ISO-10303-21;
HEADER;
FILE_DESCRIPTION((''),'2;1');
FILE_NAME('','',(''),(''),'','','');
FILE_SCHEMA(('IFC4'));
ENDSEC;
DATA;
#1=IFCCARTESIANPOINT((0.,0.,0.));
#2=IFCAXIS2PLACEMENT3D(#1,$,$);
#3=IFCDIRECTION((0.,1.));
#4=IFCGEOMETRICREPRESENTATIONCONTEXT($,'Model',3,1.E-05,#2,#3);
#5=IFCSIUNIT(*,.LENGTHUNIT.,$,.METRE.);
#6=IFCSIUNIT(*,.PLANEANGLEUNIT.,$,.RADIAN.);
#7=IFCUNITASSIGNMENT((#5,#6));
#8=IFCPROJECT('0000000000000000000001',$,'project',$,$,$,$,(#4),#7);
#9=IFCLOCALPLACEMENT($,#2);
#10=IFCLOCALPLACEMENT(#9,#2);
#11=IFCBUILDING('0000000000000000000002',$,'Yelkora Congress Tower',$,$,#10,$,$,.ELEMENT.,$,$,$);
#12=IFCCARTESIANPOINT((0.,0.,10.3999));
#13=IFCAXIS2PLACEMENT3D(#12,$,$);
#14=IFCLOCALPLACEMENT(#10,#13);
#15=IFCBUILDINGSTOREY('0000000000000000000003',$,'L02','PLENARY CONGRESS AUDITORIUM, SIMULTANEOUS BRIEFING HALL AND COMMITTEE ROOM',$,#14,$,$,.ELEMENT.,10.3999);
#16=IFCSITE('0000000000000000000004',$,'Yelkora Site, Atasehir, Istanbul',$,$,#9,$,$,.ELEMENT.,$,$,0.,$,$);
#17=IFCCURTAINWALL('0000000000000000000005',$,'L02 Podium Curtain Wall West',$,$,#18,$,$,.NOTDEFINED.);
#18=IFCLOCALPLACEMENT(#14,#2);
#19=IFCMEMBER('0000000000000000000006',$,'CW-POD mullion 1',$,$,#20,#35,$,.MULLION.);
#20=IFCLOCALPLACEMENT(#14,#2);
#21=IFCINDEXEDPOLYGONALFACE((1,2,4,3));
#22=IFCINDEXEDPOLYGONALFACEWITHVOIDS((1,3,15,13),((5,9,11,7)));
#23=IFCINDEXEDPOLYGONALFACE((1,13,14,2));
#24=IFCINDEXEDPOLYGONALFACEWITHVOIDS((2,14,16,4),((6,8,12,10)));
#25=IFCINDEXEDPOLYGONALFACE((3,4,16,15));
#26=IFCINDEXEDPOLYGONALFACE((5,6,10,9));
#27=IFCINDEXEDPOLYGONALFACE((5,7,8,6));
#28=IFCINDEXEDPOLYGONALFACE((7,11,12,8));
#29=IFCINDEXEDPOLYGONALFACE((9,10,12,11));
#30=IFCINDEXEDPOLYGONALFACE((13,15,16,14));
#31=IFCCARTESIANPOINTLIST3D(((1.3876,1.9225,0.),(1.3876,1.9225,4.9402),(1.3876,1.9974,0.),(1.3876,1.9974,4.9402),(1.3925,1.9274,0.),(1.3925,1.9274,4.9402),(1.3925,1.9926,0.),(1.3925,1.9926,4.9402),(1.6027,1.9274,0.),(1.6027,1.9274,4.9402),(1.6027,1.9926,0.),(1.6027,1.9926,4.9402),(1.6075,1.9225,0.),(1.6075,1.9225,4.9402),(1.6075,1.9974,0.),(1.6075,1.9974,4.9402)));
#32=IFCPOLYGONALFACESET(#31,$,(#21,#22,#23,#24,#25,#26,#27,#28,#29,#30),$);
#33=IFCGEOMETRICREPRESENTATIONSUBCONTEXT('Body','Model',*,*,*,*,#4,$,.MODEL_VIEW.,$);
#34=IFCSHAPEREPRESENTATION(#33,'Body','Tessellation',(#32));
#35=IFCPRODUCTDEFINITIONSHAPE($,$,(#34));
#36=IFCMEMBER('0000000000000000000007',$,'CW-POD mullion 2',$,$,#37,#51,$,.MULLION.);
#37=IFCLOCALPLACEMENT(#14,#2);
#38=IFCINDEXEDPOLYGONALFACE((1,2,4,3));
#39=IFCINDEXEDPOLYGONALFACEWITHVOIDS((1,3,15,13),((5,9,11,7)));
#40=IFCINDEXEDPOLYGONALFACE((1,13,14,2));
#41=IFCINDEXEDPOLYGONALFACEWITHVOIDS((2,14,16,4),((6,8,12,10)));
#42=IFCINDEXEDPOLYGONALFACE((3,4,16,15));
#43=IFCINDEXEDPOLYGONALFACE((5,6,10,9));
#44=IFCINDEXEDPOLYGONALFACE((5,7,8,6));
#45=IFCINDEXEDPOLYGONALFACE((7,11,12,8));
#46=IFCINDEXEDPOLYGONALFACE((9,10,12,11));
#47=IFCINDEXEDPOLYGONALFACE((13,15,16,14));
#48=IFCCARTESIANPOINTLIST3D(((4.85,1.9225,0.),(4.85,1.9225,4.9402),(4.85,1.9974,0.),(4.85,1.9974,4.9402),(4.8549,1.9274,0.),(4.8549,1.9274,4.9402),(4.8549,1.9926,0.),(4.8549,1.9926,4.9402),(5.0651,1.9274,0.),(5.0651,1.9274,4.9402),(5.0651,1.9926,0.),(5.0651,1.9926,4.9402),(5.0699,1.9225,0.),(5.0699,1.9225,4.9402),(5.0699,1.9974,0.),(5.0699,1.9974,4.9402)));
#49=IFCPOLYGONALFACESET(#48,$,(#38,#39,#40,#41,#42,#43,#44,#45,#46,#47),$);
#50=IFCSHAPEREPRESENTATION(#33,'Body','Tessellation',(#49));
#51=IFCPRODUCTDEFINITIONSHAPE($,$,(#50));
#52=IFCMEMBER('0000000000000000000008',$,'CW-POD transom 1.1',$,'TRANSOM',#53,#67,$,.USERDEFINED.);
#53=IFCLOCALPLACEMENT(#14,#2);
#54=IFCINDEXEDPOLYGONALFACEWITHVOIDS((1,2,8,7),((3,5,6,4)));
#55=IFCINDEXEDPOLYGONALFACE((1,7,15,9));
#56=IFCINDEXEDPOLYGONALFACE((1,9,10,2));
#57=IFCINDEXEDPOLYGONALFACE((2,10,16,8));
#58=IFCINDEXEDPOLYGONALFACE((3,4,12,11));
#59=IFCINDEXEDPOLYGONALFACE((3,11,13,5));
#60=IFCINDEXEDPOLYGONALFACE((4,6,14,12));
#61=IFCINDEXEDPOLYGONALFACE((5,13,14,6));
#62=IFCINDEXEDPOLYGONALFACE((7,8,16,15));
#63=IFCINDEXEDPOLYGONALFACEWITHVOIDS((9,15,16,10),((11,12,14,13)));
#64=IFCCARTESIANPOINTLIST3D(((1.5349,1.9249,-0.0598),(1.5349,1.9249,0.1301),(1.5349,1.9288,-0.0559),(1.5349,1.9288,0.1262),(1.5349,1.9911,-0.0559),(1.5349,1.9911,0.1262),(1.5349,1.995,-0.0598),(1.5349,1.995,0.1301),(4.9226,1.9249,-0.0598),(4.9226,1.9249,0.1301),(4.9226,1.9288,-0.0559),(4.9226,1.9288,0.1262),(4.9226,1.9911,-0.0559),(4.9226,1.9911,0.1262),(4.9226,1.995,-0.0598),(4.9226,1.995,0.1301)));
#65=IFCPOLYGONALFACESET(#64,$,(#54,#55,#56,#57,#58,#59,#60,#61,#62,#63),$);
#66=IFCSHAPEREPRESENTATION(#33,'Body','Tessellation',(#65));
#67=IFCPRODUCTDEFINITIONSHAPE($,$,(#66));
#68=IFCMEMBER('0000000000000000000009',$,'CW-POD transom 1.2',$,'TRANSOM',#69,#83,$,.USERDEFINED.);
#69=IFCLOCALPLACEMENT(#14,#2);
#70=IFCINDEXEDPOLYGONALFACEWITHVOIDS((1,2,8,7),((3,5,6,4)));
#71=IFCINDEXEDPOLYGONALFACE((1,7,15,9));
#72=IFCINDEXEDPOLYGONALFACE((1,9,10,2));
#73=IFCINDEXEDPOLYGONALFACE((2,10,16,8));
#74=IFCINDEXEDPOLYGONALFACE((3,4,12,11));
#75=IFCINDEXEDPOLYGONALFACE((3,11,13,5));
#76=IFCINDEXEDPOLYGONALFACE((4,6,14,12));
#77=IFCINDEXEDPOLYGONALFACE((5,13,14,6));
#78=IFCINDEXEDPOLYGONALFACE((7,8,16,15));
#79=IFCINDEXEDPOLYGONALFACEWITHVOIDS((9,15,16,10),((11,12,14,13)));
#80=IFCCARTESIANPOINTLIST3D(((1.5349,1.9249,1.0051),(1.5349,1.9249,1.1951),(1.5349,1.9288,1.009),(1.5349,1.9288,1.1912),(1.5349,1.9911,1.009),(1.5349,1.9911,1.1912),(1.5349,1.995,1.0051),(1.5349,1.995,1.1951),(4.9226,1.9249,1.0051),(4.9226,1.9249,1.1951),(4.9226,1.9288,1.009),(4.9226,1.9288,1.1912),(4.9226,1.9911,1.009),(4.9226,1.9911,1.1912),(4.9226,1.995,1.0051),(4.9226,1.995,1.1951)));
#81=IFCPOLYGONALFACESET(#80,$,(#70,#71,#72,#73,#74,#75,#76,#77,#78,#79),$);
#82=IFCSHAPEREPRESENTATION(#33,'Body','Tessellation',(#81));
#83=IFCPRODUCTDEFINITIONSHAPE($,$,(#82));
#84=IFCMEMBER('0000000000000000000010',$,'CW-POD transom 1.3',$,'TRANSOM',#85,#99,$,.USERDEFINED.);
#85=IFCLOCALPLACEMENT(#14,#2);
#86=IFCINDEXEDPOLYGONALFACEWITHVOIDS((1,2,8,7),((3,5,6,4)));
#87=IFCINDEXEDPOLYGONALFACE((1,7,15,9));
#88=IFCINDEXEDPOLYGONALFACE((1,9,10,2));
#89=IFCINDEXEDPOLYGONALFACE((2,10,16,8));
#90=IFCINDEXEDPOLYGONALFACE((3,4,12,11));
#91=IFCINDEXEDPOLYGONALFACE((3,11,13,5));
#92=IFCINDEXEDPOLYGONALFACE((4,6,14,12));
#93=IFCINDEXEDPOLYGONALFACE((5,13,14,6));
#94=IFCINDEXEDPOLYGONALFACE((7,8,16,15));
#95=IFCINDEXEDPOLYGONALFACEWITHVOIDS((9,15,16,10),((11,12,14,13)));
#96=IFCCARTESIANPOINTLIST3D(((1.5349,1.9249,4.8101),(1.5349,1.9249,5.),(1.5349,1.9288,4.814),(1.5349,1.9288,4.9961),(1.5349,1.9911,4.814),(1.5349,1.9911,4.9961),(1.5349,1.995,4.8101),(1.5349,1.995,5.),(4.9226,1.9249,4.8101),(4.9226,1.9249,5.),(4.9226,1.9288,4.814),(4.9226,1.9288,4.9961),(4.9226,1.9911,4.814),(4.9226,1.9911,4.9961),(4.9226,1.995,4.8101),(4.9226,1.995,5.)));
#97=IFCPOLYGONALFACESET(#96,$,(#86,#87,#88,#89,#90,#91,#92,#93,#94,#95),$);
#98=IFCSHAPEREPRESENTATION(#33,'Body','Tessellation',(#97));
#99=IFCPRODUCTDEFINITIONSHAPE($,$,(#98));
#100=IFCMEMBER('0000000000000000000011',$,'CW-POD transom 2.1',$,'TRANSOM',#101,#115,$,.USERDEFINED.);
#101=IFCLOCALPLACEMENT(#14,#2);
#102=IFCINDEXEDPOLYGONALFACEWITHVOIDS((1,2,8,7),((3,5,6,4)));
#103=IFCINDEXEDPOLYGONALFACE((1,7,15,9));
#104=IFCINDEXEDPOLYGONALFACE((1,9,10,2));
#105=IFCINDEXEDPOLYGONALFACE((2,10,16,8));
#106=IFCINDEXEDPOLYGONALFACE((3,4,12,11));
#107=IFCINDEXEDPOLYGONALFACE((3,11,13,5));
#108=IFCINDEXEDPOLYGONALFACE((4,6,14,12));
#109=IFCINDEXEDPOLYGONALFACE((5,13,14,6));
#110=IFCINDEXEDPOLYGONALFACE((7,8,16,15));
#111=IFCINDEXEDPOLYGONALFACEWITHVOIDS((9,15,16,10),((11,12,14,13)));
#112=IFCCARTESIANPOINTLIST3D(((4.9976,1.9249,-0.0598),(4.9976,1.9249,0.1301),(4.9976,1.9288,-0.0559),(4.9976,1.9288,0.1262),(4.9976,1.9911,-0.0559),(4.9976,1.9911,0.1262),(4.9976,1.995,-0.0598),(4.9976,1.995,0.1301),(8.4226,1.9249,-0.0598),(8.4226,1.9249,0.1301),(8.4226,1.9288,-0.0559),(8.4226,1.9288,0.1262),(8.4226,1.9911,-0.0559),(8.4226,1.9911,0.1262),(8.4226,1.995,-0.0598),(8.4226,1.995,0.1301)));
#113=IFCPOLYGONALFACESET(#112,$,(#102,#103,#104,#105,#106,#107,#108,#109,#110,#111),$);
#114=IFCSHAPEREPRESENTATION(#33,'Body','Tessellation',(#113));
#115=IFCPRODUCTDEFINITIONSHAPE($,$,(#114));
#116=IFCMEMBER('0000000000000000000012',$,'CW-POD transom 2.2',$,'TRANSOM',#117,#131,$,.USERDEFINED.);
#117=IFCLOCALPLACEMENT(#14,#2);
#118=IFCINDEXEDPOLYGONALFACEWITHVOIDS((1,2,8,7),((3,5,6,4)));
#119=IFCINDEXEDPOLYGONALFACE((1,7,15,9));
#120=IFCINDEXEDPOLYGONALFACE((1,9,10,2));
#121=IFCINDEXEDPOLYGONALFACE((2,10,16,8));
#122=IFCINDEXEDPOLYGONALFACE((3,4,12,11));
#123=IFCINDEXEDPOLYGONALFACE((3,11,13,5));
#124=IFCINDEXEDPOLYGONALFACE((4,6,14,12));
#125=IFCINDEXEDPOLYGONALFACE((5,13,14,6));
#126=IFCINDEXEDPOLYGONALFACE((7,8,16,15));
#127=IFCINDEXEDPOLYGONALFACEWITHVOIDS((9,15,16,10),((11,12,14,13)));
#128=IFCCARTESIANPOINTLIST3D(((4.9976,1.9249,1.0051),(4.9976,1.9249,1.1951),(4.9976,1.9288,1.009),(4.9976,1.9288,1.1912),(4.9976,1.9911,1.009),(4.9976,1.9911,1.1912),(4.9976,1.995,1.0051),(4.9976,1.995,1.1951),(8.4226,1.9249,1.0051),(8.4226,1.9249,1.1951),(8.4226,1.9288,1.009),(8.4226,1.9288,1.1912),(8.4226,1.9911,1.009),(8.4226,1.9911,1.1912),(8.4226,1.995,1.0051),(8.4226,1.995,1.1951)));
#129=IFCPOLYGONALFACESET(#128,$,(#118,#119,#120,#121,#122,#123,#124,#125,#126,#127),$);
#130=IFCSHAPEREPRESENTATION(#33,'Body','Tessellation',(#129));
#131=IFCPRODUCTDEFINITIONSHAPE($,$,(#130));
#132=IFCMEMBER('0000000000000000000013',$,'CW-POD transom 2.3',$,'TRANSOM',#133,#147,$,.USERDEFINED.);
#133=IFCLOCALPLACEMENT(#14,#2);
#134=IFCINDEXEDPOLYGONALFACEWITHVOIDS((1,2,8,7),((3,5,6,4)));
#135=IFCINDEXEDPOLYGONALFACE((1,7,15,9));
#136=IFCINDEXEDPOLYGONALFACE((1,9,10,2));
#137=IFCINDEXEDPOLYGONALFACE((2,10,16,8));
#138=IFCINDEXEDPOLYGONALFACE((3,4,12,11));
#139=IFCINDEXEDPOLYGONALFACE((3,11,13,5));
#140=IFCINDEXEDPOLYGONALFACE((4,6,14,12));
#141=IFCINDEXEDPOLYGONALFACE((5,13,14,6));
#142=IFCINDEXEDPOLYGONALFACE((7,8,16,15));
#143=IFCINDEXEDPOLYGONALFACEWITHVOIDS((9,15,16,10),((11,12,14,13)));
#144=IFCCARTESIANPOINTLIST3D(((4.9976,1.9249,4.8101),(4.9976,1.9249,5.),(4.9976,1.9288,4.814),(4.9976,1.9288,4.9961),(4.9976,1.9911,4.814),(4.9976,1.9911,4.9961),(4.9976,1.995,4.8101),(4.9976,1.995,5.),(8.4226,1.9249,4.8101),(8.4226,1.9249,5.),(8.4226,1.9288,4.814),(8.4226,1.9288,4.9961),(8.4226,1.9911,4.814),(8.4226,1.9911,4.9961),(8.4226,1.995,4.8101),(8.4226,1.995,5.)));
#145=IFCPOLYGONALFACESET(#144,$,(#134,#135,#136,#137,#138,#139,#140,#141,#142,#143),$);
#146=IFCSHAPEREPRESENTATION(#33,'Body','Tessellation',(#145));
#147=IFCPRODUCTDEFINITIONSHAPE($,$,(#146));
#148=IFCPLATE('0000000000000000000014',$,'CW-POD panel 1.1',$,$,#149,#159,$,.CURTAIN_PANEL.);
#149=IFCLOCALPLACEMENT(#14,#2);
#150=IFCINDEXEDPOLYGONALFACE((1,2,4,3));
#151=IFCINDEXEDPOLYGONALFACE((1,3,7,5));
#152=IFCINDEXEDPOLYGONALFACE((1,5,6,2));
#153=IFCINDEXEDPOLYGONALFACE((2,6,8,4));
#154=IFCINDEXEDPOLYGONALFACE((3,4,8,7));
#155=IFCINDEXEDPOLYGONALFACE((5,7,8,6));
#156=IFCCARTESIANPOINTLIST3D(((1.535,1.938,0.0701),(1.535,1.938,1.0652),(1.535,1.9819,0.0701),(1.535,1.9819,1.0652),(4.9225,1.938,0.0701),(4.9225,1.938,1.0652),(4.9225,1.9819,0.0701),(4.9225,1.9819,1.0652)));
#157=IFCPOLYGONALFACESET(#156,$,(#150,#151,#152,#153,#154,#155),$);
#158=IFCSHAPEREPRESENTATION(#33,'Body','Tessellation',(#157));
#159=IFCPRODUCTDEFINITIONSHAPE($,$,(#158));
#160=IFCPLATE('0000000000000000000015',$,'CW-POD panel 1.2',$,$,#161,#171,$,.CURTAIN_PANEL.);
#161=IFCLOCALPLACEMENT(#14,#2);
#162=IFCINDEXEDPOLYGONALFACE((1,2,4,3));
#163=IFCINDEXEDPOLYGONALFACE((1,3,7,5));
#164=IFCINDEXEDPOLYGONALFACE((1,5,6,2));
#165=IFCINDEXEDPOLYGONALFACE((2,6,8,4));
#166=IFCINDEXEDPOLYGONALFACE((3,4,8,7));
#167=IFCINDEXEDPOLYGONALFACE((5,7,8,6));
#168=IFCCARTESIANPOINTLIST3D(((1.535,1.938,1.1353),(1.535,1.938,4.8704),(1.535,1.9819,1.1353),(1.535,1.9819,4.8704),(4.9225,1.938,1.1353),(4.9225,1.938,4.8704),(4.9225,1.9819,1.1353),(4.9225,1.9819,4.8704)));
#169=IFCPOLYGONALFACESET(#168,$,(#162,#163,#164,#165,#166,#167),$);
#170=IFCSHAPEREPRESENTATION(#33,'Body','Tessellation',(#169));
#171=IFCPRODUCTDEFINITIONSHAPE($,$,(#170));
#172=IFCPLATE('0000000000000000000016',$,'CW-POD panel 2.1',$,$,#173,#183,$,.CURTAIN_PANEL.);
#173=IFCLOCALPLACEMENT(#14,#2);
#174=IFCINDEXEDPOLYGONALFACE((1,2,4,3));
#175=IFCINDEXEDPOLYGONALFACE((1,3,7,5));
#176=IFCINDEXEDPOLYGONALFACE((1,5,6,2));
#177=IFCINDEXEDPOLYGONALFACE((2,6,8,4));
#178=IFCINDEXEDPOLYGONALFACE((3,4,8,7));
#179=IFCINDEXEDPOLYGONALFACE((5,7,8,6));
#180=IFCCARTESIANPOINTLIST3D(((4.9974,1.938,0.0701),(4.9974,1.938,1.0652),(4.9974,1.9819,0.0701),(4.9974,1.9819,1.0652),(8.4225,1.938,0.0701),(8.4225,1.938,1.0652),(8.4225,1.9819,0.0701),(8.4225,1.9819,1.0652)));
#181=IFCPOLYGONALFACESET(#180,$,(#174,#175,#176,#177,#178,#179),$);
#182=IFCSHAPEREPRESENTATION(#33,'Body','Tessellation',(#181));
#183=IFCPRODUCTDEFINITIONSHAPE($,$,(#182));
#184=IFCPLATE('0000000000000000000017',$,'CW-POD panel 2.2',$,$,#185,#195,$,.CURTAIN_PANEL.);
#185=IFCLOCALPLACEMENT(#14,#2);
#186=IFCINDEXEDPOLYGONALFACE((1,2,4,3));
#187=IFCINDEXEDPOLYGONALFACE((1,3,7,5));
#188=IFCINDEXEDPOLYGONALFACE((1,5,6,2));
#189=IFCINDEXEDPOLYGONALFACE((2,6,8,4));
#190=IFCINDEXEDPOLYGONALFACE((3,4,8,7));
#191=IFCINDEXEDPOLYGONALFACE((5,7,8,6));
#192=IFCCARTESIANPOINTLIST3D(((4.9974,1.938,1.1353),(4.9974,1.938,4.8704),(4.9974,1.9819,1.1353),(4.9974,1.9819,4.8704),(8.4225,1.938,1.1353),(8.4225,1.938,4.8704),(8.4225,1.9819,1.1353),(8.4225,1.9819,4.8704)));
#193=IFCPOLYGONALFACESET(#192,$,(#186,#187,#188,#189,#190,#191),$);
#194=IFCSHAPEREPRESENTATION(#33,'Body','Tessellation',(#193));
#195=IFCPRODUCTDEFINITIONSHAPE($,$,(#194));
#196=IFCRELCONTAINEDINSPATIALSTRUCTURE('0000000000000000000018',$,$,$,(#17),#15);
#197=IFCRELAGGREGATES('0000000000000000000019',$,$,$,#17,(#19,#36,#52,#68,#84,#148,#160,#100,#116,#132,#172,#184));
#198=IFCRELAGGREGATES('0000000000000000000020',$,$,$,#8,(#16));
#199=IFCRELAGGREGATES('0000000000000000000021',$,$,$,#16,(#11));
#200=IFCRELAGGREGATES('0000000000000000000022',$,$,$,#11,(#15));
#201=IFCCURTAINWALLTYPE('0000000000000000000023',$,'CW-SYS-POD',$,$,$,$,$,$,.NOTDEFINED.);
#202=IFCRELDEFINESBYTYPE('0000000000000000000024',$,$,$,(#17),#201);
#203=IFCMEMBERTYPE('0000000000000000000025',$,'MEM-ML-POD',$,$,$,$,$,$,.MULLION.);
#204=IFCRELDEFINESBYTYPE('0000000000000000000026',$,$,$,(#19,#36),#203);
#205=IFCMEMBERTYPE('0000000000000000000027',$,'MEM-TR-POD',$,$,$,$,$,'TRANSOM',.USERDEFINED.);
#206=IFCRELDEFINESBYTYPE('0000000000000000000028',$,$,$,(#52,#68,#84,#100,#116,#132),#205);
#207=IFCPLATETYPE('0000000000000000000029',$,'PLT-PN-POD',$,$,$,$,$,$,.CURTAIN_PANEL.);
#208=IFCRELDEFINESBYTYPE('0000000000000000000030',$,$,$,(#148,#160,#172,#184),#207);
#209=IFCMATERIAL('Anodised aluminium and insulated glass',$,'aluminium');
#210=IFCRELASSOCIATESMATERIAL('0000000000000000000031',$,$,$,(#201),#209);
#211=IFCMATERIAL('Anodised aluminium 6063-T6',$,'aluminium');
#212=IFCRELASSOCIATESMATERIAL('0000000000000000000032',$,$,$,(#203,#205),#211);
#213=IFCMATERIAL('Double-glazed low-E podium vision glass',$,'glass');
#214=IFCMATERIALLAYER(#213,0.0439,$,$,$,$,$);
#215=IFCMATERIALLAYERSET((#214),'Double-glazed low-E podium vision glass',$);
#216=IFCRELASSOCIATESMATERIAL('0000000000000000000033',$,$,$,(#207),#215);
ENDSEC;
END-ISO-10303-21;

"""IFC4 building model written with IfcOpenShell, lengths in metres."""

from ifc_helpers import new_model, si_unit, direction, frame, origin, origin_2d, place, context, subcontext, project, spatial, rectangle, hollow_rectangle, extrude, material, layer, layer_set, material_profile, profile_set, type_object, element, aggregate, save


model = new_model("IFC4")

# Units and contexts
model_context = context("Model", 3, precision=1e-05, world=origin(), true_north=direction((0.0, 1.0)))
body_context = subcontext(model_context, "Body", "Model", "MODEL_VIEW")
ifc_project = project(units=[si_unit("LENGTHUNIT", "METRE"), si_unit("PLANEANGLEUNIT", "RADIAN")], contexts=[model_context])

# Site, building, storey
site_placement = place(None, origin())
site = spatial("IfcSite", under=ifc_project, at=site_placement, Name="Yelkora Site, Atasehir, Istanbul", CompositionType="ELEMENT", RefElevation=0.0)
building_placement = place(site_placement, origin())
building = spatial("IfcBuilding", under=site, at=building_placement, Name="Yelkora Congress Tower", CompositionType="ELEMENT")
storey_placement = place(building_placement, frame((0.0, 0.0, 10.3999)))
storey = spatial("IfcBuildingStorey", under=building, at=storey_placement, Name="L02", Description="PLENARY CONGRESS AUDITORIUM, SIMULTANEOUS BRIEFING HALL AND COMMITTEE ROOM", CompositionType="ELEMENT", Elevation=10.3999)

# Curtain wall, members, plates
ifc_material_1 = material(Name="Anodised aluminium and insulated glass", Category="aluminium")
curtain_wall_type = type_object("IfcCurtainWallType", Name="CW-SYS-POD", PredefinedType="NOTDEFINED", material=ifc_material_1)
curtain_wall_placement = place(storey_placement, origin())
curtain_wall = element("IfcCurtainWall", 1, at=curtain_wall_placement, inside=storey, type_object=curtain_wall_type, Name="L02 Podium Curtain Wall West", PredefinedType="NOTDEFINED")
ifc_material_2 = material(Name="Anodised aluminium 6063-T6", Category="aluminium")
ifc_material_profile_1 = material_profile(ifc_material_2, hollow_rectangle(XDim=0.075, YDim=0.22, WallThickness=0.0049, at=origin_2d()), Name="ALU 75x220x5")
ifc_profile_set_1 = profile_set([ifc_material_profile_1], Name="Anodised aluminium 6063-T6")
member_type_1 = type_object("IfcMemberType", Name="MEM-ML-POD", PredefinedType="MULLION", material=ifc_profile_set_1)
member_1_placement = place(storey_placement, frame((1.4976, 1.96, 0.0), z_axis=(0.0, 0.0, 1.0), x_axis=(0.0, 1.0, 0.0)))
member_1 = element("IfcMember", 2, at=member_1_placement, type_object=member_type_1, Name="CW-POD mullion 1", PredefinedType="MULLION", context=body_context, shape_type="SweptSolid", body=[
    extrude(hollow_rectangle(XDim=0.075, YDim=0.22, WallThickness=0.0049, at=origin_2d()), origin(), (0.0, 0.0, 1.0), 4.9402),
])
member_2_placement = place(storey_placement, frame((4.96, 1.96, 0.0), z_axis=(0.0, 0.0, 1.0), x_axis=(0.0, 1.0, 0.0)))
member_2 = element("IfcMember", 3, at=member_2_placement, type_object=member_type_1, Name="CW-POD mullion 2", PredefinedType="MULLION", context=body_context, shape_type="SweptSolid", body=[
    extrude(hollow_rectangle(XDim=0.075, YDim=0.22, WallThickness=0.0049, at=origin_2d()), origin(), (0.0, 0.0, 1.0), 4.9402),
])
ifc_material_profile_2 = material_profile(ifc_material_2, hollow_rectangle(XDim=0.0701, YDim=0.1899, WallThickness=0.0039, at=origin_2d()), Name="ALU 70x190x4")
ifc_profile_set_2 = profile_set([ifc_material_profile_2], Name="Anodised aluminium 6063-T6")
member_type_2 = type_object("IfcMemberType", Name="MEM-TR-POD", ElementType="TRANSOM", PredefinedType="USERDEFINED", material=ifc_profile_set_2)
member_3_placement = place(storey_placement, frame((1.5349, 1.96, 0.0352), z_axis=(1.0, 0.0, 0.0), x_axis=(0.0, 1.0, 0.0)))
member_3 = element("IfcMember", 4, at=member_3_placement, type_object=member_type_2, Name="CW-POD transom 1.1", ObjectType="TRANSOM", PredefinedType="USERDEFINED", context=body_context, shape_type="SweptSolid", body=[
    extrude(hollow_rectangle(XDim=0.0701, YDim=0.1899, WallThickness=0.0039, at=origin_2d()), origin(), (0.0, 0.0, 1.0), 3.3877),
])
member_4_placement = place(storey_placement, frame((1.5349, 1.96, 1.1001), z_axis=(1.0, 0.0, 0.0), x_axis=(0.0, 1.0, 0.0)))
member_4 = element("IfcMember", 5, at=member_4_placement, type_object=member_type_2, Name="CW-POD transom 1.2", ObjectType="TRANSOM", PredefinedType="USERDEFINED", context=body_context, shape_type="SweptSolid", body=[
    extrude(hollow_rectangle(XDim=0.0701, YDim=0.1899, WallThickness=0.0039, at=origin_2d()), origin(), (0.0, 0.0, 1.0), 3.3877),
])
member_5_placement = place(storey_placement, frame((1.5349, 1.96, 4.905), z_axis=(1.0, 0.0, 0.0), x_axis=(0.0, 1.0, 0.0)))
member_5 = element("IfcMember", 6, at=member_5_placement, type_object=member_type_2, Name="CW-POD transom 1.3", ObjectType="TRANSOM", PredefinedType="USERDEFINED", context=body_context, shape_type="SweptSolid", body=[
    extrude(hollow_rectangle(XDim=0.0701, YDim=0.1899, WallThickness=0.0039, at=origin_2d()), origin(), (0.0, 0.0, 1.0), 3.3877),
])
member_6_placement = place(storey_placement, frame((4.9976, 1.96, 0.0352), z_axis=(1.0, 0.0, 0.0), x_axis=(0.0, 1.0, 0.0)))
member_6 = element("IfcMember", 7, at=member_6_placement, type_object=member_type_2, Name="CW-POD transom 2.1", ObjectType="TRANSOM", PredefinedType="USERDEFINED", context=body_context, shape_type="SweptSolid", body=[
    extrude(hollow_rectangle(XDim=0.0701, YDim=0.1899, WallThickness=0.0039, at=origin_2d()), origin(), (0.0, 0.0, 1.0), 3.425),
])
member_7_placement = place(storey_placement, frame((4.9976, 1.96, 1.1001), z_axis=(1.0, 0.0, 0.0), x_axis=(0.0, 1.0, 0.0)))
member_7 = element("IfcMember", 8, at=member_7_placement, type_object=member_type_2, Name="CW-POD transom 2.2", ObjectType="TRANSOM", PredefinedType="USERDEFINED", context=body_context, shape_type="SweptSolid", body=[
    extrude(hollow_rectangle(XDim=0.0701, YDim=0.1899, WallThickness=0.0039, at=origin_2d()), origin(), (0.0, 0.0, 1.0), 3.425),
])
member_8_placement = place(storey_placement, frame((4.9976, 1.96, 4.905), z_axis=(1.0, 0.0, 0.0), x_axis=(0.0, 1.0, 0.0)))
member_8 = element("IfcMember", 9, at=member_8_placement, type_object=member_type_2, Name="CW-POD transom 2.3", ObjectType="TRANSOM", PredefinedType="USERDEFINED", context=body_context, shape_type="SweptSolid", body=[
    extrude(hollow_rectangle(XDim=0.0701, YDim=0.1899, WallThickness=0.0039, at=origin_2d()), origin(), (0.0, 0.0, 1.0), 3.425),
])
ifc_material_3 = material(Name="Double-glazed low-E podium vision glass", Category="glass")
ifc_layer_1 = layer(ifc_material_3, 0.0439)
ifc_layer_set_1 = layer_set([ifc_layer_1], Name="Double-glazed low-E podium vision glass")
plate_type = type_object("IfcPlateType", Name="PLT-PN-POD", PredefinedType="CURTAIN_PANEL", material=ifc_layer_set_1)
plate_1_placement = place(storey_placement, frame((3.2288, 1.96, 0.0701), z_axis=(0.0, 0.0, 1.0), x_axis=(1.0, 0.0, 0.0)))
plate_1 = element("IfcPlate", 10, at=plate_1_placement, type_object=plate_type, Name="CW-POD panel 1.1", PredefinedType="CURTAIN_PANEL", context=body_context, shape_type="SweptSolid", body=[
    extrude(rectangle(XDim=3.3875, YDim=0.0439, at=origin_2d()), origin(), (0.0, 0.0, 1.0), 0.9951),
])
plate_2_placement = place(storey_placement, frame((3.2288, 1.96, 1.1353), z_axis=(0.0, 0.0, 1.0), x_axis=(1.0, 0.0, 0.0)))
plate_2 = element("IfcPlate", 11, at=plate_2_placement, type_object=plate_type, Name="CW-POD panel 1.2", PredefinedType="CURTAIN_PANEL", context=body_context, shape_type="SweptSolid", body=[
    extrude(rectangle(XDim=3.3875, YDim=0.0439, at=origin_2d()), origin(), (0.0, 0.0, 1.0), 3.7351),
])
plate_3_placement = place(storey_placement, frame((6.71, 1.96, 0.0701), z_axis=(0.0, 0.0, 1.0), x_axis=(1.0, 0.0, 0.0)))
plate_3 = element("IfcPlate", 12, at=plate_3_placement, type_object=plate_type, Name="CW-POD panel 2.1", PredefinedType="CURTAIN_PANEL", context=body_context, shape_type="SweptSolid", body=[
    extrude(rectangle(XDim=3.425, YDim=0.0439, at=origin_2d()), origin(), (0.0, 0.0, 1.0), 0.9951),
])
plate_4_placement = place(storey_placement, frame((6.71, 1.96, 1.1353), z_axis=(0.0, 0.0, 1.0), x_axis=(1.0, 0.0, 0.0)))
plate_4 = element("IfcPlate", 13, at=plate_4_placement, type_object=plate_type, Name="CW-POD panel 2.2", PredefinedType="CURTAIN_PANEL", context=body_context, shape_type="SweptSolid", body=[
    extrude(rectangle(XDim=3.425, YDim=0.0439, at=origin_2d()), origin(), (0.0, 0.0, 1.0), 3.7351),
])
aggregate(curtain_wall, [member_1, member_2, member_3, member_4, member_5, plate_1, plate_2, member_6, member_7, member_8, plate_3, plate_4])

save(model, "model.ifc")
